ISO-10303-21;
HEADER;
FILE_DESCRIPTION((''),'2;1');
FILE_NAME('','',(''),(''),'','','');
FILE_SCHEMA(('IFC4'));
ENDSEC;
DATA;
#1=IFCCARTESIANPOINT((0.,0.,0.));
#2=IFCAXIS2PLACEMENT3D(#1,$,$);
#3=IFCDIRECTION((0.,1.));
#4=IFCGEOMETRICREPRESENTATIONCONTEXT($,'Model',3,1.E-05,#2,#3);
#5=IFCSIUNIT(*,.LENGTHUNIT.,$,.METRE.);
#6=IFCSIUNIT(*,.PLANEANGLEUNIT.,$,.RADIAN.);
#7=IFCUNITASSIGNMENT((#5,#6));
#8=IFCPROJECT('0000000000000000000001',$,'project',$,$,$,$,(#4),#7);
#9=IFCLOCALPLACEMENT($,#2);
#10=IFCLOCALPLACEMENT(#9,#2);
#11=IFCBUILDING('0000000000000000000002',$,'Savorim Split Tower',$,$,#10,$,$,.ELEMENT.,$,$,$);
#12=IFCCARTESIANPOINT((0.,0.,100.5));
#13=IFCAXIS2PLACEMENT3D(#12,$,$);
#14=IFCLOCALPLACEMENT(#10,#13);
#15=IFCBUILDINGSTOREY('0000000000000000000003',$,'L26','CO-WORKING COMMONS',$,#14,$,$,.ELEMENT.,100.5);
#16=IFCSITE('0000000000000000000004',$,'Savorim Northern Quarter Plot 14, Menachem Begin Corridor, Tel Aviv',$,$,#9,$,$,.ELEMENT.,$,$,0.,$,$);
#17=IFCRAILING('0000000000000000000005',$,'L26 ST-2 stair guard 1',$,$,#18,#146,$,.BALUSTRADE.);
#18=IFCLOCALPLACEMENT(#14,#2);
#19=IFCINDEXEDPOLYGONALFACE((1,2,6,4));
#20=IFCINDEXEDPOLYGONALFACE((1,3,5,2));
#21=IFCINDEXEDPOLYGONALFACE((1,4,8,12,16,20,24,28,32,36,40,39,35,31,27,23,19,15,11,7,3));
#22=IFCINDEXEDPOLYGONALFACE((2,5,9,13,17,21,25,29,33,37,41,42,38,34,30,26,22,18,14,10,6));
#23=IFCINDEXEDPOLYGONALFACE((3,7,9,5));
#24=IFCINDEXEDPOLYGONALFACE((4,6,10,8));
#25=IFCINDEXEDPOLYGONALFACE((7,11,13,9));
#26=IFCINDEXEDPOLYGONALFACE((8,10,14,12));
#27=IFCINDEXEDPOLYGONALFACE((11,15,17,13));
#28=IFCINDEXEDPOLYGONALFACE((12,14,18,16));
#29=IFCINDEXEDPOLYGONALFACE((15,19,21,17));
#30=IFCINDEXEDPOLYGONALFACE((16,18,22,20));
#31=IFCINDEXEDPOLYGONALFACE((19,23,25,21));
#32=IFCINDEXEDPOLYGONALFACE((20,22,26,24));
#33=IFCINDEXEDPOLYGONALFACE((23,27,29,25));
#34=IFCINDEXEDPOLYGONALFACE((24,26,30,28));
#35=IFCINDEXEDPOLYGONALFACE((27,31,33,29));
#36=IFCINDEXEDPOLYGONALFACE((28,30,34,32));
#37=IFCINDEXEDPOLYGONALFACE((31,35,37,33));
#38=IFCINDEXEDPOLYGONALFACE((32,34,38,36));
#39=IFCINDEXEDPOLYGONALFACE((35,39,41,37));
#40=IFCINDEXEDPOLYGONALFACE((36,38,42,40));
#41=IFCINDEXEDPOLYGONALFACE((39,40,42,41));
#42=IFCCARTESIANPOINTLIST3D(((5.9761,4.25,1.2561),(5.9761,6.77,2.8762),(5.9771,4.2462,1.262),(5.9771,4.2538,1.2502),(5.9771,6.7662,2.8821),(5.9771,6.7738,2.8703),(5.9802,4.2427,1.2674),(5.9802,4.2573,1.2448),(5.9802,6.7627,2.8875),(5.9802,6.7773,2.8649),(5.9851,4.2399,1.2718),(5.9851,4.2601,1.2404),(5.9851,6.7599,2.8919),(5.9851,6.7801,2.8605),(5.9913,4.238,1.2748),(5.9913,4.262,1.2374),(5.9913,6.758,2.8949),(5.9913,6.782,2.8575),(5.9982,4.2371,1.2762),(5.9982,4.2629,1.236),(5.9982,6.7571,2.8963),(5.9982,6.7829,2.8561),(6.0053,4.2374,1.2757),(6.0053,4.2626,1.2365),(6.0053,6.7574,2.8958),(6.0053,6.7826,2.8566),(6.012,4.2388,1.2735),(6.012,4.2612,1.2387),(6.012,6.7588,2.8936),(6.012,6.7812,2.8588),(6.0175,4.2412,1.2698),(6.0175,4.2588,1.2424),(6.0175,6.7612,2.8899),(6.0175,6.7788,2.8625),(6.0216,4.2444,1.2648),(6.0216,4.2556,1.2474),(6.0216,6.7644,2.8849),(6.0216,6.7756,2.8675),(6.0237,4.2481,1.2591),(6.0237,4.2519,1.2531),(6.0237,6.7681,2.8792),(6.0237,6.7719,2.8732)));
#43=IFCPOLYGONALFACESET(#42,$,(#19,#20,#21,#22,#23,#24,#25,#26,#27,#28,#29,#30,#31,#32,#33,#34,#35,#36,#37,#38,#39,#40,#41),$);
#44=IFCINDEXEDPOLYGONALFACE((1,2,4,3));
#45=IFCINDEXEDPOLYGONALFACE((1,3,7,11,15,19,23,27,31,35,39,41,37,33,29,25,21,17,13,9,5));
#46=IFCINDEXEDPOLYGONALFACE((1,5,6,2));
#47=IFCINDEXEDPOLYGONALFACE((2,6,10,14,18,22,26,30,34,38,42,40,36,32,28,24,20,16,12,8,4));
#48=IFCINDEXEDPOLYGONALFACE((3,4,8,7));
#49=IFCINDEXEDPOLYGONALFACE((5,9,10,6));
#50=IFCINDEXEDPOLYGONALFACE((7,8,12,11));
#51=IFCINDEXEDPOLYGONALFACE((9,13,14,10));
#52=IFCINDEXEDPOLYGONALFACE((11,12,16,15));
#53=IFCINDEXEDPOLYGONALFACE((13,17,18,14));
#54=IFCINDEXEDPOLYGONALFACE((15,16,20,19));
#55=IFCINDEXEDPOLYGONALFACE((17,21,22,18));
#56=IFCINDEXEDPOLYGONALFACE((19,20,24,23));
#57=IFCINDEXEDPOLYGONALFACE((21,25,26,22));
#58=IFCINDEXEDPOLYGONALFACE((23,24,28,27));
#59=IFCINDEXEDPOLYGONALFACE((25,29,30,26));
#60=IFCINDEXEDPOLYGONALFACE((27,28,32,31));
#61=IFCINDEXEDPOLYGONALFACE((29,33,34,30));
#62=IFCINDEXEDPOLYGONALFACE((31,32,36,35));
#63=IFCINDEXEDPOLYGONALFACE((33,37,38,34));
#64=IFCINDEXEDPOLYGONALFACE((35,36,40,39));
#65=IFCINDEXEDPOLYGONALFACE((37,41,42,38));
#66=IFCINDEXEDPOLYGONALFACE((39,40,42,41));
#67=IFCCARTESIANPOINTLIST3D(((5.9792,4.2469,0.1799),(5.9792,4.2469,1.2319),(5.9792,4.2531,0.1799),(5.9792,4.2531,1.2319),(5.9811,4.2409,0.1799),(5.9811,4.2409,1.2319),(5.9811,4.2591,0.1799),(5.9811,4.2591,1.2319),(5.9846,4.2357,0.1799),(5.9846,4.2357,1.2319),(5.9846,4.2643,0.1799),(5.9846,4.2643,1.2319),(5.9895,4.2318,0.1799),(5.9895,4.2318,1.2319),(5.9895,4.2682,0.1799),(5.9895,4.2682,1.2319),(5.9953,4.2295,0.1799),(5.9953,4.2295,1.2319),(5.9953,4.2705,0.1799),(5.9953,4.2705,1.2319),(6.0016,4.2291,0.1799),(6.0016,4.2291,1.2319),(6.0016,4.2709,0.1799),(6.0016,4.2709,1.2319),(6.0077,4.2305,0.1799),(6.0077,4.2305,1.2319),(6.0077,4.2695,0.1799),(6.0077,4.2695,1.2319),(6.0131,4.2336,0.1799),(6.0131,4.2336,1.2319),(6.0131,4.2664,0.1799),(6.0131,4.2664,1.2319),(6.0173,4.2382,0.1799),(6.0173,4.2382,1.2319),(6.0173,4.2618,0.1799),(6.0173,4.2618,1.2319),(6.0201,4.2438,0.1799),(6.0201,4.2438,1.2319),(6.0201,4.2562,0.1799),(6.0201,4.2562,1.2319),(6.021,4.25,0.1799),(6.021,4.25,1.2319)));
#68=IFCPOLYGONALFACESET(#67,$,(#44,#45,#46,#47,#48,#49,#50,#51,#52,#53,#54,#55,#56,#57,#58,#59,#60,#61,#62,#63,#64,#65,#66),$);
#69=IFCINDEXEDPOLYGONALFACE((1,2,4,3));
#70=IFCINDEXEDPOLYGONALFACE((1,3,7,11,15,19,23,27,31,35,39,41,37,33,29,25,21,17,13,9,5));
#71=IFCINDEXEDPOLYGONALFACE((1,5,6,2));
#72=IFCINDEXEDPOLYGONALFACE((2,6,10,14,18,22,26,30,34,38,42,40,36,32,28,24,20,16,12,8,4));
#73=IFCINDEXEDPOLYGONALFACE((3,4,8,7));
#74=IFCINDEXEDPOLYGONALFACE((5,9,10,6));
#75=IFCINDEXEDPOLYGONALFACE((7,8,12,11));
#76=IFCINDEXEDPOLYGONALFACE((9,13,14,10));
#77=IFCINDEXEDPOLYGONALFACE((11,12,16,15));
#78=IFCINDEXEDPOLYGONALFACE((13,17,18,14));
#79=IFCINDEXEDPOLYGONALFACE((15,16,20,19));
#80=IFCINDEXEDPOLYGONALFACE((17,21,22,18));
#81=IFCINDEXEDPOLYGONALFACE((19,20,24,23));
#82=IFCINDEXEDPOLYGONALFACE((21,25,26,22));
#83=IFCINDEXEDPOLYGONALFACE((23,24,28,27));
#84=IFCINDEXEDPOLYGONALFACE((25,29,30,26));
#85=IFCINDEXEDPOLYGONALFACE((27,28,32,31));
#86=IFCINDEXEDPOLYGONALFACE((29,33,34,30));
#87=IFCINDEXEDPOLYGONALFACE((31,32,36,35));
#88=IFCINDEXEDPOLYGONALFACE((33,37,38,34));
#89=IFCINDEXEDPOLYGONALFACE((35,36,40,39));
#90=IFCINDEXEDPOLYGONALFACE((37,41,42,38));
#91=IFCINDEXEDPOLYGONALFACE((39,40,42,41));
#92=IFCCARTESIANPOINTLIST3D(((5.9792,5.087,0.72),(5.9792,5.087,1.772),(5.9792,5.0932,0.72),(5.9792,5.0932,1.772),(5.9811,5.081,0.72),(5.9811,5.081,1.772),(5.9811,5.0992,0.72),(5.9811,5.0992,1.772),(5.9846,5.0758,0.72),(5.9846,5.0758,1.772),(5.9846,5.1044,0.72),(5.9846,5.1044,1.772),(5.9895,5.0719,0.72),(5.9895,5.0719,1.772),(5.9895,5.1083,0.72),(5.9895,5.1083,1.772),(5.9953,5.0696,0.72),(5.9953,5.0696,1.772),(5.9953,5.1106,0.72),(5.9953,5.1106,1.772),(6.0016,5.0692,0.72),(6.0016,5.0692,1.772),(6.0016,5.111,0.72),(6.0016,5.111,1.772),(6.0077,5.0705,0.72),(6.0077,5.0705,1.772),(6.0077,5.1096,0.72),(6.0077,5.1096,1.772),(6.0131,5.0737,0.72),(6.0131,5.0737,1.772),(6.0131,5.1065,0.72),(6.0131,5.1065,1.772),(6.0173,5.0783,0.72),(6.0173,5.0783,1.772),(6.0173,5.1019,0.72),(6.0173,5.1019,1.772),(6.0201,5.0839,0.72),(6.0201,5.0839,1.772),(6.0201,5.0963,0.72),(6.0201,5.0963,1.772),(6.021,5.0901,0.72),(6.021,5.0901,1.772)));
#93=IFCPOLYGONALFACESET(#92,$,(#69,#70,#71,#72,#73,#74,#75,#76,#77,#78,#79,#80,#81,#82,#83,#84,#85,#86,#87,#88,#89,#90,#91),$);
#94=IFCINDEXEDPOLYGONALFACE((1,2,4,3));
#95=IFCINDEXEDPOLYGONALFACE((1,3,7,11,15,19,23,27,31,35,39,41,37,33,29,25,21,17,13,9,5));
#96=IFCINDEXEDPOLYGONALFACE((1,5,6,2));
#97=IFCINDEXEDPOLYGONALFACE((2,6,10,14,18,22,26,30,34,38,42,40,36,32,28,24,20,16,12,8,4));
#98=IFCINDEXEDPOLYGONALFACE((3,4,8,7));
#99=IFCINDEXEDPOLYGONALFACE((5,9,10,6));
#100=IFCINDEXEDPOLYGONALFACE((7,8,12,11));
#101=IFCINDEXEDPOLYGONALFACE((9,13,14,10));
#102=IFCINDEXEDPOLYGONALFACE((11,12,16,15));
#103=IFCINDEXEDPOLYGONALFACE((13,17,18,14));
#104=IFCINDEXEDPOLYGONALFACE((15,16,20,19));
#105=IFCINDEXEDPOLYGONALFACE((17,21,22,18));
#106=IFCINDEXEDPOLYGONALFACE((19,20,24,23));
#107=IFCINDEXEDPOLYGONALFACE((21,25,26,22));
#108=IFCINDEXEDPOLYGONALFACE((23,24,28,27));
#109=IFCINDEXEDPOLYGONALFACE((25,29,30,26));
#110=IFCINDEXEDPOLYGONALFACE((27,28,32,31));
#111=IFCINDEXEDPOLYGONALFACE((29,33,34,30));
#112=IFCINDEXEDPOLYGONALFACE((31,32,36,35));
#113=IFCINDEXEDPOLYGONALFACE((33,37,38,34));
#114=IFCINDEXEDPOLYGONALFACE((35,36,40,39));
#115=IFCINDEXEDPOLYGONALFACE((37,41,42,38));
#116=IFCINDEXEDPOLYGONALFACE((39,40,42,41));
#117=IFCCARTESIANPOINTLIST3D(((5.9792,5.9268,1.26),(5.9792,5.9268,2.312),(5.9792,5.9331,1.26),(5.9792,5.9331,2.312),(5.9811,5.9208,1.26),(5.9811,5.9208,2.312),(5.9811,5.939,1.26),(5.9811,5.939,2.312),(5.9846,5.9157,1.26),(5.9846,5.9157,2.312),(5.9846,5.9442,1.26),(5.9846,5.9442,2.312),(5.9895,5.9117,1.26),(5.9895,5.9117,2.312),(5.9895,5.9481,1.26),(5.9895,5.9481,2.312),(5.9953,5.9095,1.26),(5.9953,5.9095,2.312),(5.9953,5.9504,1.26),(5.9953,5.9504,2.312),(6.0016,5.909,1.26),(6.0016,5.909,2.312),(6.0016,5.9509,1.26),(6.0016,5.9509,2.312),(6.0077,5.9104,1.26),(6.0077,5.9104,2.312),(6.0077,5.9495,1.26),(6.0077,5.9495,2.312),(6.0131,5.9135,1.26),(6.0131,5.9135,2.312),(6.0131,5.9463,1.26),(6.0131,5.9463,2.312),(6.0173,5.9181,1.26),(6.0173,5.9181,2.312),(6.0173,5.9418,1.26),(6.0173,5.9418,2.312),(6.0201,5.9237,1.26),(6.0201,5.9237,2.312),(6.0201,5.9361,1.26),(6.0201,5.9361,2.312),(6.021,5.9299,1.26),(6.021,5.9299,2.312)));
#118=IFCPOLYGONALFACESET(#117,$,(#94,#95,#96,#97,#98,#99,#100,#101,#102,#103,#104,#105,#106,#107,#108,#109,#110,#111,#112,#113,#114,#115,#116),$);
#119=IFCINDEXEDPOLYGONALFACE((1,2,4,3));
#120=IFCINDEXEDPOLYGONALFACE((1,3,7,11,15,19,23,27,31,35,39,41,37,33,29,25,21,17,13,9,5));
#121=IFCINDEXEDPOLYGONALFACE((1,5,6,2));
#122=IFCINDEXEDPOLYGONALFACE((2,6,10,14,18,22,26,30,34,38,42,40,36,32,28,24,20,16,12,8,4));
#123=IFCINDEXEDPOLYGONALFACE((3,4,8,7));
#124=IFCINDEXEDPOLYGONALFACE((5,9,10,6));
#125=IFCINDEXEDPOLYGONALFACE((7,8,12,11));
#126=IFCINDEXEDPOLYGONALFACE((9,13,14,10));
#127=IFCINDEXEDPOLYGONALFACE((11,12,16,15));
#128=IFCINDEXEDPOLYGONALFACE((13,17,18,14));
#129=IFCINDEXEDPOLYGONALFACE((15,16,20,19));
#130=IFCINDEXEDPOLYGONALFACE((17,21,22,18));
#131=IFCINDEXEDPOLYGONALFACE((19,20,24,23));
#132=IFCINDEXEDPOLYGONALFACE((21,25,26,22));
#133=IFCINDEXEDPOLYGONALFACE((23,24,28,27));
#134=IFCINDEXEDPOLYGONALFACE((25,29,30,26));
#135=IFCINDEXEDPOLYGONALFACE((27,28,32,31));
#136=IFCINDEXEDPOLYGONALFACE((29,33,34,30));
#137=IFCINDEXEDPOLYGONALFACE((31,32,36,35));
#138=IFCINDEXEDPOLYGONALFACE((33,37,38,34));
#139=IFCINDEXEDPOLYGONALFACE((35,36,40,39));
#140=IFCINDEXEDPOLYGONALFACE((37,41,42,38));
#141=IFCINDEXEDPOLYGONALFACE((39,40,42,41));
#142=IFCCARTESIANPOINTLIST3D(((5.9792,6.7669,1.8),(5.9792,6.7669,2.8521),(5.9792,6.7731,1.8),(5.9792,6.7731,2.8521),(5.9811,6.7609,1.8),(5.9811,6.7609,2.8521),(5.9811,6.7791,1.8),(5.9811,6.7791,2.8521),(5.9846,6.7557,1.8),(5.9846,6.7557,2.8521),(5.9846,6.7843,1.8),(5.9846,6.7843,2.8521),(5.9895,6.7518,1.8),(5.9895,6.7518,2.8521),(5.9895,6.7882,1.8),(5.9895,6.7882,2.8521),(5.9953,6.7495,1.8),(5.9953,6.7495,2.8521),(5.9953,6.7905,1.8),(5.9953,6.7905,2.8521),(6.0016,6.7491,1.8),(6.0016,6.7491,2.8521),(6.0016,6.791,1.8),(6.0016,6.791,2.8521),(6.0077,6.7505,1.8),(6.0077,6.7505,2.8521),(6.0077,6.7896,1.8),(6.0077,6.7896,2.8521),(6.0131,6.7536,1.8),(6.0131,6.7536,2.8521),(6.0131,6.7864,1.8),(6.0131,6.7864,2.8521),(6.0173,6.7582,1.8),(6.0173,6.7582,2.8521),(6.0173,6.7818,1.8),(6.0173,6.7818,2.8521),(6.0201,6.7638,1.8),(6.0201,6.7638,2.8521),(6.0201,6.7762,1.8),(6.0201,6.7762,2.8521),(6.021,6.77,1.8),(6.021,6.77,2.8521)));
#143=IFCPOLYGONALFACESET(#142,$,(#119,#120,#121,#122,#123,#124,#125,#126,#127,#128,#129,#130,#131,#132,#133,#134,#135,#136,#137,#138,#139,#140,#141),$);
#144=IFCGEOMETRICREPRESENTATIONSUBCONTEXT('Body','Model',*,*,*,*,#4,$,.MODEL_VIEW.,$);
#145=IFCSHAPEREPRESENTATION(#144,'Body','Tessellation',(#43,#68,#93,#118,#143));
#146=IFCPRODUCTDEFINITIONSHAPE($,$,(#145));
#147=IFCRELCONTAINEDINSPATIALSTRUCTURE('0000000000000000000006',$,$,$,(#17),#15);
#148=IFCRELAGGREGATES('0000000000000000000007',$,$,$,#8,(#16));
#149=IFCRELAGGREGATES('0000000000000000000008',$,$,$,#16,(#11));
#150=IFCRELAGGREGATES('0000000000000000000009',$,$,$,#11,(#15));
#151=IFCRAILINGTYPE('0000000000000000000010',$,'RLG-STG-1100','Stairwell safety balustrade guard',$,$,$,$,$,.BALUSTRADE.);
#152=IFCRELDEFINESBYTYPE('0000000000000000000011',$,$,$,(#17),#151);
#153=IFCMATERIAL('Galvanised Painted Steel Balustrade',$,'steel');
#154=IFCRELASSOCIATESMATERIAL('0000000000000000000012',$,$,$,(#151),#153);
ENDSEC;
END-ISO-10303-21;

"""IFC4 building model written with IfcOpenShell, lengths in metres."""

from ifc_helpers import new_model, si_unit, direction, frame, origin, origin_2d, place, context, subcontext, project, spatial, circle, extrude, material, type_object, element, save


model = new_model("IFC4")

# Units and contexts
model_context = context("Model", 3, precision=1e-05, world=origin(), true_north=direction((0.0, 1.0)))
body_context = subcontext(model_context, "Body", "Model", "MODEL_VIEW")
ifc_project = project(units=[si_unit("LENGTHUNIT", "METRE"), si_unit("PLANEANGLEUNIT", "RADIAN")], contexts=[model_context])

# Site, building, storey
site_placement = place(None, origin())
site = spatial("IfcSite", under=ifc_project, at=site_placement, Name="Savorim Northern Quarter Plot 14, Menachem Begin Corridor, Tel Aviv", CompositionType="ELEMENT", RefElevation=0.0)
building_placement = place(site_placement, origin())
building = spatial("IfcBuilding", under=site, at=building_placement, Name="Savorim Split Tower", CompositionType="ELEMENT")
storey_placement = place(building_placement, frame((0.0, 0.0, 100.5)))
storey = spatial("IfcBuildingStorey", under=building, at=storey_placement, Name="L26", Description="CO-WORKING COMMONS", CompositionType="ELEMENT", Elevation=100.5)

# Railing
ifc_material_1 = material(Name="Galvanised Painted Steel Balustrade", Category="steel")
railing_type_1 = type_object("IfcRailingType", Name="RLG-STG-1100", Description="Stairwell safety balustrade guard", PredefinedType="BALUSTRADE", material=ifc_material_1)
railing_1_placement = place(storey_placement, frame((6.0, 4.25, 0.1799)))
element("IfcRailing", 1, at=railing_1_placement, inside=storey, type_object=railing_type_1, Name="L26 ST-2 stair guard 1", PredefinedType="BALUSTRADE", context=body_context, shape_type="SweptSolid", body=[
    extrude(circle(Radius=0.0239, at=origin_2d()), frame((0.0, 0.0, 1.0762), z_axis=(0.0, 0.841163, 0.540782), x_axis=(-1.0, 0.0, 0.0)), (0.0, 0.0, 1.0), 2.9958),
    extrude(circle(Radius=0.021, at=origin_2d()), origin(), (0.0, 0.0, 1.0), 1.052),
    extrude(circle(Radius=0.021, at=origin_2d()), frame((0.0, 0.8401, 0.54)), (0.0, 0.0, 1.0), 1.052),
    extrude(circle(Radius=0.021, at=origin_2d()), frame((0.0, 1.6799, 1.0801)), (0.0, 0.0, 1.0), 1.052),
    extrude(circle(Radius=0.021, at=origin_2d()), frame((0.0, 2.52, 1.6201)), (0.0, 0.0, 1.0), 1.052),
])

save(model, "model.ifc")
